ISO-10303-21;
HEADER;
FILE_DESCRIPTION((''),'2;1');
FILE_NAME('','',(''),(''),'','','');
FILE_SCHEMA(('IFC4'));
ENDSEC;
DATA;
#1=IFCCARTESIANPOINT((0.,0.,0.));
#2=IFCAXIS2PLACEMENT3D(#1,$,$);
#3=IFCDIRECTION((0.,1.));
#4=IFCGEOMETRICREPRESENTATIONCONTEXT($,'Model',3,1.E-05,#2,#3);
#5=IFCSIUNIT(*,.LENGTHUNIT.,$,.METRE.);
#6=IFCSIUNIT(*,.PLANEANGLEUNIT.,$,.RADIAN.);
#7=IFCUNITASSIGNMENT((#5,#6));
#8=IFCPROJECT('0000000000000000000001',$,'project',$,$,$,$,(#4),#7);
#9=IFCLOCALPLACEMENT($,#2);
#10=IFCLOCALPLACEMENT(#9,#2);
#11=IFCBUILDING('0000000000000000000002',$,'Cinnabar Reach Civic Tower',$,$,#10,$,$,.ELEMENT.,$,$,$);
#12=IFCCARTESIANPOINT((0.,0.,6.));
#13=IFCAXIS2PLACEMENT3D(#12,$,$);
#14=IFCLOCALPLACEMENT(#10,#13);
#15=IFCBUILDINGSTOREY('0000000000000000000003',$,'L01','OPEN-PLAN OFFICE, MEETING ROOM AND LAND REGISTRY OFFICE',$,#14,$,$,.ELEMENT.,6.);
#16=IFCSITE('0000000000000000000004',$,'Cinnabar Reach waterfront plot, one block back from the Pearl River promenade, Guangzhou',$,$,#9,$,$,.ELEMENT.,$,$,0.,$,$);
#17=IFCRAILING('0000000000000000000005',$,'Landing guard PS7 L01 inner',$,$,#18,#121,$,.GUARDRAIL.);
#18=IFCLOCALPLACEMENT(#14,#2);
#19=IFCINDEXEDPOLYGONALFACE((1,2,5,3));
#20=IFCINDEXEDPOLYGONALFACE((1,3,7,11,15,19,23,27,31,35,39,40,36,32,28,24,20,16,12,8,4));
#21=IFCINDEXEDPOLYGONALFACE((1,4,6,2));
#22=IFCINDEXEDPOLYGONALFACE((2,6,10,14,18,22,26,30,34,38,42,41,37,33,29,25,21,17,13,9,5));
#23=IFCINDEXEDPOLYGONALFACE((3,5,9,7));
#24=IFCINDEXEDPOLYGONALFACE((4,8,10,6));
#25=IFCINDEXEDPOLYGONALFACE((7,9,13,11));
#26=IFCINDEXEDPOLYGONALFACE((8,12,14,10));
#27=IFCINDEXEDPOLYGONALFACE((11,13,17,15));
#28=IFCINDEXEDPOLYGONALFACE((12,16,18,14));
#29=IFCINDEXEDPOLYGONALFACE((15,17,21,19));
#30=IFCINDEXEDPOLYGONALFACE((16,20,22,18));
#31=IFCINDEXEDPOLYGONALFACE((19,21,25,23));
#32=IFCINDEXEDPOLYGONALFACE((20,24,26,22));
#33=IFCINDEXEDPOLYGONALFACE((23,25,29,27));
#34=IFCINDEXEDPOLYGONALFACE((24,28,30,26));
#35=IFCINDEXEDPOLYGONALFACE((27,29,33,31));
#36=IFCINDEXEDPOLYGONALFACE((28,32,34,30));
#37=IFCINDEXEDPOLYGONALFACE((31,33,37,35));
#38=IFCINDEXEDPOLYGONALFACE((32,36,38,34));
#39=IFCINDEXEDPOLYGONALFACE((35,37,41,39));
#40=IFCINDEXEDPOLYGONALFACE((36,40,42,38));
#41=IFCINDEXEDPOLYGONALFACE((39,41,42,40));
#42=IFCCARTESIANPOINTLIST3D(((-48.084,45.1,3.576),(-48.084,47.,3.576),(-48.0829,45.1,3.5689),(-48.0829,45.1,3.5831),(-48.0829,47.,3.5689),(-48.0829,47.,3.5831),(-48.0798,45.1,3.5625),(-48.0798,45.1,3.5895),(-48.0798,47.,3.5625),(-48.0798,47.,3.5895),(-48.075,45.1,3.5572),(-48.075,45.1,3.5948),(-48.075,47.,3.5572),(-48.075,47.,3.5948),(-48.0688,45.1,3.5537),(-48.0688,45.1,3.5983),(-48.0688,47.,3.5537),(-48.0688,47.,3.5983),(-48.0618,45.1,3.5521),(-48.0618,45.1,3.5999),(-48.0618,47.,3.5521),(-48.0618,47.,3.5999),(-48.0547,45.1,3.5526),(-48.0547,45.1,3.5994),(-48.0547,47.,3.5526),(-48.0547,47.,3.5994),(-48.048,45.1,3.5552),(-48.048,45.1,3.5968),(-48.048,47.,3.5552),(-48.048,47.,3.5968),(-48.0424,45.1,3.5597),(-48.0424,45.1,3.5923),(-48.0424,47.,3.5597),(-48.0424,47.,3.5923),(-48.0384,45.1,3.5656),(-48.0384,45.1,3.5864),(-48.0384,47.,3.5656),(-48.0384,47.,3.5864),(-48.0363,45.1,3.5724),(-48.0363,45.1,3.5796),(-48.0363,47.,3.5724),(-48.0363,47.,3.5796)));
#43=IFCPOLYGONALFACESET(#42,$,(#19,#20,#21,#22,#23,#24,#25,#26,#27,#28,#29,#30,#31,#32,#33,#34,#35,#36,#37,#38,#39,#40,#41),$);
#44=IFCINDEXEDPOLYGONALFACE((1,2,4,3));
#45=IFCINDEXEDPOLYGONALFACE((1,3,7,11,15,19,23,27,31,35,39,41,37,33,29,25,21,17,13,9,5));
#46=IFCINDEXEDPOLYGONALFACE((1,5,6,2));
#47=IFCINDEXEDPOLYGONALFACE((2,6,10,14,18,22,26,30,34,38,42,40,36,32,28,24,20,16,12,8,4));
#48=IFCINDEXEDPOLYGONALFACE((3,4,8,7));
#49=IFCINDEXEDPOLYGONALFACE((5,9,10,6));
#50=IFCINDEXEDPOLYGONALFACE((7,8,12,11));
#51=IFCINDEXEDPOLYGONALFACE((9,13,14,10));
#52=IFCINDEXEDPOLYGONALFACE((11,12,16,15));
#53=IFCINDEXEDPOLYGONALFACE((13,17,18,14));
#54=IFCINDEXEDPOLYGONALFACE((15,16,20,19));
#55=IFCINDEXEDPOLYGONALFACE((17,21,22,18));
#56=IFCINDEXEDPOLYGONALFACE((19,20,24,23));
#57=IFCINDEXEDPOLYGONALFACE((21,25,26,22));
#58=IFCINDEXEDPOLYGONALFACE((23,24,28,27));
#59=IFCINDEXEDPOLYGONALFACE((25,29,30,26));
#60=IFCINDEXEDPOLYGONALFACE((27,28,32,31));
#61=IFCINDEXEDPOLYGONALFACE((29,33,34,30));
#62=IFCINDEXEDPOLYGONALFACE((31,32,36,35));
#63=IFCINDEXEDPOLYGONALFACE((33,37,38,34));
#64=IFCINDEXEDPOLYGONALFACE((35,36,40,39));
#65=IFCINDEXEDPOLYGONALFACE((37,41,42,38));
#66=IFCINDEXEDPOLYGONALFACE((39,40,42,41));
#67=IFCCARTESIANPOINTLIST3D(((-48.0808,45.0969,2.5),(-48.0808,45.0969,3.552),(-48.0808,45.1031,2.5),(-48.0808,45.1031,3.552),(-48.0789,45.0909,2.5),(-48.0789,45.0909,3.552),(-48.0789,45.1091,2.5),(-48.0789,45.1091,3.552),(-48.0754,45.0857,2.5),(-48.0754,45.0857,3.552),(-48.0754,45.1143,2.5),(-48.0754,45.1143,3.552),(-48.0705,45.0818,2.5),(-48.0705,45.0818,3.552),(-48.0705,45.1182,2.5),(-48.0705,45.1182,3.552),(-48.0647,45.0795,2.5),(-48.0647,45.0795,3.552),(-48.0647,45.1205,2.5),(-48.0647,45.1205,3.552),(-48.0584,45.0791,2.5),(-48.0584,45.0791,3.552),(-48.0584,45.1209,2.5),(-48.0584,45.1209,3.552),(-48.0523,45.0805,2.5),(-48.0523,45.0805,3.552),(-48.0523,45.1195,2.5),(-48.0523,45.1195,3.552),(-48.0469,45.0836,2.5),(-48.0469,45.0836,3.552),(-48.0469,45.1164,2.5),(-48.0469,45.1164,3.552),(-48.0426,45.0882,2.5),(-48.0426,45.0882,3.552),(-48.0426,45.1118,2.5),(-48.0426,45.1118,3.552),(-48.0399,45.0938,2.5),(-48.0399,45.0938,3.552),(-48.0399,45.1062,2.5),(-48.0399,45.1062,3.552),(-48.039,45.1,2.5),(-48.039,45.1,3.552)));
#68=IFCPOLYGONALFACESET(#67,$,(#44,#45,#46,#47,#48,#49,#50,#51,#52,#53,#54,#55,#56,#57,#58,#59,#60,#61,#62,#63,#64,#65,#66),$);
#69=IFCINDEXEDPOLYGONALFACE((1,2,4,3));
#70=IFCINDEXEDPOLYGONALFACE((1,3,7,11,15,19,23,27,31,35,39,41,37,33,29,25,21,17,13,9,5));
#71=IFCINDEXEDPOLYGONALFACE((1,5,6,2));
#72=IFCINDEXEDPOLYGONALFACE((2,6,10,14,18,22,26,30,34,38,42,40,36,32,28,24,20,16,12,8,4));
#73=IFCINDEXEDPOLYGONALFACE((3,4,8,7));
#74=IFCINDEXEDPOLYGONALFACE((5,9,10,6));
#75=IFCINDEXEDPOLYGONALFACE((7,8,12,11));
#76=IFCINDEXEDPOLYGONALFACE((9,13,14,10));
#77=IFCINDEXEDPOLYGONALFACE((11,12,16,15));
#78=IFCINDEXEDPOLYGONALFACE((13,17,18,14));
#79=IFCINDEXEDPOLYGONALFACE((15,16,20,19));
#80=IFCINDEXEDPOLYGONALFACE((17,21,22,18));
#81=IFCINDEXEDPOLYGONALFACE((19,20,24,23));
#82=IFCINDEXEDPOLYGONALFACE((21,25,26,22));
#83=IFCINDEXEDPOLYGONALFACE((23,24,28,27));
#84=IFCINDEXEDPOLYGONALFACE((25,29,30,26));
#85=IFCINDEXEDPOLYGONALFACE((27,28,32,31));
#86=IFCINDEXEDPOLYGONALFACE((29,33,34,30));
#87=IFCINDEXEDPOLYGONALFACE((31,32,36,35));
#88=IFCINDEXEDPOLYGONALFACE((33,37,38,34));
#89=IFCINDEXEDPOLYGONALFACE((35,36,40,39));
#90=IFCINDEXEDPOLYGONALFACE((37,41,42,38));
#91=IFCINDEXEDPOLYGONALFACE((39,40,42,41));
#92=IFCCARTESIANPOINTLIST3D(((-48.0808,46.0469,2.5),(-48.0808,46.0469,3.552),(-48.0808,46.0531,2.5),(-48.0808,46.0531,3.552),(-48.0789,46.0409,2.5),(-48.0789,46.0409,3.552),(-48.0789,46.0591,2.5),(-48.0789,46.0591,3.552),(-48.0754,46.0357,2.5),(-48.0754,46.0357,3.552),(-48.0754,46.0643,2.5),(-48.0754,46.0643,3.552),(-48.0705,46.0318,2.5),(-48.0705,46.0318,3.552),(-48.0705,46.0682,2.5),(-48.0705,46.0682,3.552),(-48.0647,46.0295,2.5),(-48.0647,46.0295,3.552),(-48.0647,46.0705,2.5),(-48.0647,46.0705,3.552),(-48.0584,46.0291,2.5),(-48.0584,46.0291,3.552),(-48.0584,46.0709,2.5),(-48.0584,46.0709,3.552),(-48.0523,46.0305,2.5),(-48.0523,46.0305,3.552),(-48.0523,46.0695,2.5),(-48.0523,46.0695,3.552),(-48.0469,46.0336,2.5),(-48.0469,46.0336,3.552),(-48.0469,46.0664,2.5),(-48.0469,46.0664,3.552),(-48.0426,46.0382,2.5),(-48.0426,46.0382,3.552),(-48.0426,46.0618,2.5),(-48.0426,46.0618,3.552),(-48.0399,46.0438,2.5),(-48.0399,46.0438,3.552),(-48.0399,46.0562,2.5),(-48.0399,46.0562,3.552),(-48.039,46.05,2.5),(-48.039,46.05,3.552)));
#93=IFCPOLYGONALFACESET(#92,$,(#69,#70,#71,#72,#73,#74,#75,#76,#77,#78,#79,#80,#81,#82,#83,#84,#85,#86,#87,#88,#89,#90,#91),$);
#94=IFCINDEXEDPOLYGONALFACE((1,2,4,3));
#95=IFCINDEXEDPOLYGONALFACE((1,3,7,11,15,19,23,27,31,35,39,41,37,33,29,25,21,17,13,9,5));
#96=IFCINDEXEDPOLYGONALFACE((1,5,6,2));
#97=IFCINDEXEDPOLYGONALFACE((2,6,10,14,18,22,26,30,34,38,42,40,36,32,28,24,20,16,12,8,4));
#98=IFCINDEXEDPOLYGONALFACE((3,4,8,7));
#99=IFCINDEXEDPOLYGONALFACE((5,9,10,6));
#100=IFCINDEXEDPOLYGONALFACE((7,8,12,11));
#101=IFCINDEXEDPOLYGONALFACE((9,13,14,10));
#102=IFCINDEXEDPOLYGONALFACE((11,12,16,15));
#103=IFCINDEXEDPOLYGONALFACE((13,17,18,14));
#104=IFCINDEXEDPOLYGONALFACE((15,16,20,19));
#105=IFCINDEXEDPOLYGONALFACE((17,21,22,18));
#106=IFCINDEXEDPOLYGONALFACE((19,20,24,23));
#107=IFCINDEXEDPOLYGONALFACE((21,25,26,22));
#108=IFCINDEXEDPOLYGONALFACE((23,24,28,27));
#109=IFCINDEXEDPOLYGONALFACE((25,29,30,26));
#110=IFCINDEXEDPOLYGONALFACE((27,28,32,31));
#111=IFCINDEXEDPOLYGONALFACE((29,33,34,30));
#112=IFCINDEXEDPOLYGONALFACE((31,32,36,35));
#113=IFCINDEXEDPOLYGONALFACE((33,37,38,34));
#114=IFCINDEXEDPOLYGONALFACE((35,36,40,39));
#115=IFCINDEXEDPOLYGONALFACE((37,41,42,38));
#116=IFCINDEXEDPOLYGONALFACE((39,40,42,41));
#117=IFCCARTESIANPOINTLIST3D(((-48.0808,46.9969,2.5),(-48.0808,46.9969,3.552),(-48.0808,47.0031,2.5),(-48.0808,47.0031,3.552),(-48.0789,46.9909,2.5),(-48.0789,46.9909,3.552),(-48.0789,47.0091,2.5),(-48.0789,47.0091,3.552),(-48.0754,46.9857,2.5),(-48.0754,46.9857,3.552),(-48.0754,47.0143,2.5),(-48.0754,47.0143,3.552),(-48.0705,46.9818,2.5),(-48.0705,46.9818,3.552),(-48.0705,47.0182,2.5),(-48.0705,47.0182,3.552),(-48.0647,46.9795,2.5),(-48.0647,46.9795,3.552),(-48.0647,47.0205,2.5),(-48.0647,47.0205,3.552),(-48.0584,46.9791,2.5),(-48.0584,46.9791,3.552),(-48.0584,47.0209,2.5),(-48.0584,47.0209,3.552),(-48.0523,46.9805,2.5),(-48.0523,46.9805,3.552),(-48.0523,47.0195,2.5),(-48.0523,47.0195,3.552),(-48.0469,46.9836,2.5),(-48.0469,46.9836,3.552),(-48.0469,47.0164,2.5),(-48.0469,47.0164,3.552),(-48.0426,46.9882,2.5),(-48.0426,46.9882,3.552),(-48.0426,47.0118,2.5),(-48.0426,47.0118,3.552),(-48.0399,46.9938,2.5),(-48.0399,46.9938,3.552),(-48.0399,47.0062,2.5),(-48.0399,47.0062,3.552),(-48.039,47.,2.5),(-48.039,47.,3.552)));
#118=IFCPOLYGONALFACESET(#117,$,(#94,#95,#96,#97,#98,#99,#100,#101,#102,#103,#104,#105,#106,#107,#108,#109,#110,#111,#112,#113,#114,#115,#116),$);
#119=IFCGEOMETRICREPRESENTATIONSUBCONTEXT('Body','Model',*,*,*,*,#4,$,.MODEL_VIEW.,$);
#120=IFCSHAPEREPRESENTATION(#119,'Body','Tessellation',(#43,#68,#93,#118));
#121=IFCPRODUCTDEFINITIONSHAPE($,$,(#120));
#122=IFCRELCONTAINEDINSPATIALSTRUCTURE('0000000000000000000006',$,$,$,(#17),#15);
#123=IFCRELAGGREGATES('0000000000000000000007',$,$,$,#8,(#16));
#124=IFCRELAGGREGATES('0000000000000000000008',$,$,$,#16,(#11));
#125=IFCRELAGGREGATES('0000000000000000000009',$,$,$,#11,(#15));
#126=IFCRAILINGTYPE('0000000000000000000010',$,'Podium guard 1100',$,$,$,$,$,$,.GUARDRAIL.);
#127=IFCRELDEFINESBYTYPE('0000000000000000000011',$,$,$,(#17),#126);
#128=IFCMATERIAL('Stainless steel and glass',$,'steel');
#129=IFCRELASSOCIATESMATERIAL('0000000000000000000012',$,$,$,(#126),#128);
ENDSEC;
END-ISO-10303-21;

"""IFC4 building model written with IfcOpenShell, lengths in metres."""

from ifc_helpers import new_model, si_unit, direction, frame, origin, origin_2d, place, context, subcontext, project, spatial, circle, extrude, material, type_object, element, save


model = new_model("IFC4")

# Units and contexts
model_context = context("Model", 3, precision=1e-05, world=origin(), true_north=direction((0.0, 1.0)))
body_context = subcontext(model_context, "Body", "Model", "MODEL_VIEW")
ifc_project = project(units=[si_unit("LENGTHUNIT", "METRE"), si_unit("PLANEANGLEUNIT", "RADIAN")], contexts=[model_context])

# Site, building, storey
site_placement = place(None, origin())
site = spatial("IfcSite", under=ifc_project, at=site_placement, Name="Cinnabar Reach waterfront plot, one block back from the Pearl River promenade, Guangzhou", CompositionType="ELEMENT", RefElevation=0.0)
building_placement = place(site_placement, origin())
building = spatial("IfcBuilding", under=site, at=building_placement, Name="Cinnabar Reach Civic Tower", CompositionType="ELEMENT")
storey_placement = place(building_placement, frame((0.0, 0.0, 6.0)))
storey = spatial("IfcBuildingStorey", under=building, at=storey_placement, Name="L01", Description="OPEN-PLAN OFFICE, MEETING ROOM AND LAND REGISTRY OFFICE", CompositionType="ELEMENT", Elevation=6.0)

# Railing
ifc_material_1 = material(Name="Stainless steel and glass", Category="steel")
railing_type_1 = type_object("IfcRailingType", Name="Podium guard 1100", PredefinedType="GUARDRAIL", material=ifc_material_1)
railing_1_placement = place(storey_placement, frame((-48.06, 45.1, 2.5)))
element("IfcRailing", 1, at=railing_1_placement, inside=storey, type_object=railing_type_1, Name="Landing guard PS7 L01 inner", PredefinedType="GUARDRAIL", context=body_context, shape_type="SweptSolid", body=[
    extrude(circle(Radius=0.024, at=origin_2d()), frame((0.0, 0.0, 1.076), z_axis=(0.0, 1.0, 0.0), x_axis=(-1.0, 0.0, 0.0)), (0.0, 0.0, 1.0), 1.9),
    extrude(circle(Radius=0.021, at=origin_2d()), origin(), (0.0, 0.0, 1.0), 1.052),
    extrude(circle(Radius=0.021, at=origin_2d()), frame((0.0, 0.95, 0.0)), (0.0, 0.0, 1.0), 1.052),
    extrude(circle(Radius=0.021, at=origin_2d()), frame((0.0, 1.9, 0.0)), (0.0, 0.0, 1.0), 1.052),
])

save(model, "model.ifc")
